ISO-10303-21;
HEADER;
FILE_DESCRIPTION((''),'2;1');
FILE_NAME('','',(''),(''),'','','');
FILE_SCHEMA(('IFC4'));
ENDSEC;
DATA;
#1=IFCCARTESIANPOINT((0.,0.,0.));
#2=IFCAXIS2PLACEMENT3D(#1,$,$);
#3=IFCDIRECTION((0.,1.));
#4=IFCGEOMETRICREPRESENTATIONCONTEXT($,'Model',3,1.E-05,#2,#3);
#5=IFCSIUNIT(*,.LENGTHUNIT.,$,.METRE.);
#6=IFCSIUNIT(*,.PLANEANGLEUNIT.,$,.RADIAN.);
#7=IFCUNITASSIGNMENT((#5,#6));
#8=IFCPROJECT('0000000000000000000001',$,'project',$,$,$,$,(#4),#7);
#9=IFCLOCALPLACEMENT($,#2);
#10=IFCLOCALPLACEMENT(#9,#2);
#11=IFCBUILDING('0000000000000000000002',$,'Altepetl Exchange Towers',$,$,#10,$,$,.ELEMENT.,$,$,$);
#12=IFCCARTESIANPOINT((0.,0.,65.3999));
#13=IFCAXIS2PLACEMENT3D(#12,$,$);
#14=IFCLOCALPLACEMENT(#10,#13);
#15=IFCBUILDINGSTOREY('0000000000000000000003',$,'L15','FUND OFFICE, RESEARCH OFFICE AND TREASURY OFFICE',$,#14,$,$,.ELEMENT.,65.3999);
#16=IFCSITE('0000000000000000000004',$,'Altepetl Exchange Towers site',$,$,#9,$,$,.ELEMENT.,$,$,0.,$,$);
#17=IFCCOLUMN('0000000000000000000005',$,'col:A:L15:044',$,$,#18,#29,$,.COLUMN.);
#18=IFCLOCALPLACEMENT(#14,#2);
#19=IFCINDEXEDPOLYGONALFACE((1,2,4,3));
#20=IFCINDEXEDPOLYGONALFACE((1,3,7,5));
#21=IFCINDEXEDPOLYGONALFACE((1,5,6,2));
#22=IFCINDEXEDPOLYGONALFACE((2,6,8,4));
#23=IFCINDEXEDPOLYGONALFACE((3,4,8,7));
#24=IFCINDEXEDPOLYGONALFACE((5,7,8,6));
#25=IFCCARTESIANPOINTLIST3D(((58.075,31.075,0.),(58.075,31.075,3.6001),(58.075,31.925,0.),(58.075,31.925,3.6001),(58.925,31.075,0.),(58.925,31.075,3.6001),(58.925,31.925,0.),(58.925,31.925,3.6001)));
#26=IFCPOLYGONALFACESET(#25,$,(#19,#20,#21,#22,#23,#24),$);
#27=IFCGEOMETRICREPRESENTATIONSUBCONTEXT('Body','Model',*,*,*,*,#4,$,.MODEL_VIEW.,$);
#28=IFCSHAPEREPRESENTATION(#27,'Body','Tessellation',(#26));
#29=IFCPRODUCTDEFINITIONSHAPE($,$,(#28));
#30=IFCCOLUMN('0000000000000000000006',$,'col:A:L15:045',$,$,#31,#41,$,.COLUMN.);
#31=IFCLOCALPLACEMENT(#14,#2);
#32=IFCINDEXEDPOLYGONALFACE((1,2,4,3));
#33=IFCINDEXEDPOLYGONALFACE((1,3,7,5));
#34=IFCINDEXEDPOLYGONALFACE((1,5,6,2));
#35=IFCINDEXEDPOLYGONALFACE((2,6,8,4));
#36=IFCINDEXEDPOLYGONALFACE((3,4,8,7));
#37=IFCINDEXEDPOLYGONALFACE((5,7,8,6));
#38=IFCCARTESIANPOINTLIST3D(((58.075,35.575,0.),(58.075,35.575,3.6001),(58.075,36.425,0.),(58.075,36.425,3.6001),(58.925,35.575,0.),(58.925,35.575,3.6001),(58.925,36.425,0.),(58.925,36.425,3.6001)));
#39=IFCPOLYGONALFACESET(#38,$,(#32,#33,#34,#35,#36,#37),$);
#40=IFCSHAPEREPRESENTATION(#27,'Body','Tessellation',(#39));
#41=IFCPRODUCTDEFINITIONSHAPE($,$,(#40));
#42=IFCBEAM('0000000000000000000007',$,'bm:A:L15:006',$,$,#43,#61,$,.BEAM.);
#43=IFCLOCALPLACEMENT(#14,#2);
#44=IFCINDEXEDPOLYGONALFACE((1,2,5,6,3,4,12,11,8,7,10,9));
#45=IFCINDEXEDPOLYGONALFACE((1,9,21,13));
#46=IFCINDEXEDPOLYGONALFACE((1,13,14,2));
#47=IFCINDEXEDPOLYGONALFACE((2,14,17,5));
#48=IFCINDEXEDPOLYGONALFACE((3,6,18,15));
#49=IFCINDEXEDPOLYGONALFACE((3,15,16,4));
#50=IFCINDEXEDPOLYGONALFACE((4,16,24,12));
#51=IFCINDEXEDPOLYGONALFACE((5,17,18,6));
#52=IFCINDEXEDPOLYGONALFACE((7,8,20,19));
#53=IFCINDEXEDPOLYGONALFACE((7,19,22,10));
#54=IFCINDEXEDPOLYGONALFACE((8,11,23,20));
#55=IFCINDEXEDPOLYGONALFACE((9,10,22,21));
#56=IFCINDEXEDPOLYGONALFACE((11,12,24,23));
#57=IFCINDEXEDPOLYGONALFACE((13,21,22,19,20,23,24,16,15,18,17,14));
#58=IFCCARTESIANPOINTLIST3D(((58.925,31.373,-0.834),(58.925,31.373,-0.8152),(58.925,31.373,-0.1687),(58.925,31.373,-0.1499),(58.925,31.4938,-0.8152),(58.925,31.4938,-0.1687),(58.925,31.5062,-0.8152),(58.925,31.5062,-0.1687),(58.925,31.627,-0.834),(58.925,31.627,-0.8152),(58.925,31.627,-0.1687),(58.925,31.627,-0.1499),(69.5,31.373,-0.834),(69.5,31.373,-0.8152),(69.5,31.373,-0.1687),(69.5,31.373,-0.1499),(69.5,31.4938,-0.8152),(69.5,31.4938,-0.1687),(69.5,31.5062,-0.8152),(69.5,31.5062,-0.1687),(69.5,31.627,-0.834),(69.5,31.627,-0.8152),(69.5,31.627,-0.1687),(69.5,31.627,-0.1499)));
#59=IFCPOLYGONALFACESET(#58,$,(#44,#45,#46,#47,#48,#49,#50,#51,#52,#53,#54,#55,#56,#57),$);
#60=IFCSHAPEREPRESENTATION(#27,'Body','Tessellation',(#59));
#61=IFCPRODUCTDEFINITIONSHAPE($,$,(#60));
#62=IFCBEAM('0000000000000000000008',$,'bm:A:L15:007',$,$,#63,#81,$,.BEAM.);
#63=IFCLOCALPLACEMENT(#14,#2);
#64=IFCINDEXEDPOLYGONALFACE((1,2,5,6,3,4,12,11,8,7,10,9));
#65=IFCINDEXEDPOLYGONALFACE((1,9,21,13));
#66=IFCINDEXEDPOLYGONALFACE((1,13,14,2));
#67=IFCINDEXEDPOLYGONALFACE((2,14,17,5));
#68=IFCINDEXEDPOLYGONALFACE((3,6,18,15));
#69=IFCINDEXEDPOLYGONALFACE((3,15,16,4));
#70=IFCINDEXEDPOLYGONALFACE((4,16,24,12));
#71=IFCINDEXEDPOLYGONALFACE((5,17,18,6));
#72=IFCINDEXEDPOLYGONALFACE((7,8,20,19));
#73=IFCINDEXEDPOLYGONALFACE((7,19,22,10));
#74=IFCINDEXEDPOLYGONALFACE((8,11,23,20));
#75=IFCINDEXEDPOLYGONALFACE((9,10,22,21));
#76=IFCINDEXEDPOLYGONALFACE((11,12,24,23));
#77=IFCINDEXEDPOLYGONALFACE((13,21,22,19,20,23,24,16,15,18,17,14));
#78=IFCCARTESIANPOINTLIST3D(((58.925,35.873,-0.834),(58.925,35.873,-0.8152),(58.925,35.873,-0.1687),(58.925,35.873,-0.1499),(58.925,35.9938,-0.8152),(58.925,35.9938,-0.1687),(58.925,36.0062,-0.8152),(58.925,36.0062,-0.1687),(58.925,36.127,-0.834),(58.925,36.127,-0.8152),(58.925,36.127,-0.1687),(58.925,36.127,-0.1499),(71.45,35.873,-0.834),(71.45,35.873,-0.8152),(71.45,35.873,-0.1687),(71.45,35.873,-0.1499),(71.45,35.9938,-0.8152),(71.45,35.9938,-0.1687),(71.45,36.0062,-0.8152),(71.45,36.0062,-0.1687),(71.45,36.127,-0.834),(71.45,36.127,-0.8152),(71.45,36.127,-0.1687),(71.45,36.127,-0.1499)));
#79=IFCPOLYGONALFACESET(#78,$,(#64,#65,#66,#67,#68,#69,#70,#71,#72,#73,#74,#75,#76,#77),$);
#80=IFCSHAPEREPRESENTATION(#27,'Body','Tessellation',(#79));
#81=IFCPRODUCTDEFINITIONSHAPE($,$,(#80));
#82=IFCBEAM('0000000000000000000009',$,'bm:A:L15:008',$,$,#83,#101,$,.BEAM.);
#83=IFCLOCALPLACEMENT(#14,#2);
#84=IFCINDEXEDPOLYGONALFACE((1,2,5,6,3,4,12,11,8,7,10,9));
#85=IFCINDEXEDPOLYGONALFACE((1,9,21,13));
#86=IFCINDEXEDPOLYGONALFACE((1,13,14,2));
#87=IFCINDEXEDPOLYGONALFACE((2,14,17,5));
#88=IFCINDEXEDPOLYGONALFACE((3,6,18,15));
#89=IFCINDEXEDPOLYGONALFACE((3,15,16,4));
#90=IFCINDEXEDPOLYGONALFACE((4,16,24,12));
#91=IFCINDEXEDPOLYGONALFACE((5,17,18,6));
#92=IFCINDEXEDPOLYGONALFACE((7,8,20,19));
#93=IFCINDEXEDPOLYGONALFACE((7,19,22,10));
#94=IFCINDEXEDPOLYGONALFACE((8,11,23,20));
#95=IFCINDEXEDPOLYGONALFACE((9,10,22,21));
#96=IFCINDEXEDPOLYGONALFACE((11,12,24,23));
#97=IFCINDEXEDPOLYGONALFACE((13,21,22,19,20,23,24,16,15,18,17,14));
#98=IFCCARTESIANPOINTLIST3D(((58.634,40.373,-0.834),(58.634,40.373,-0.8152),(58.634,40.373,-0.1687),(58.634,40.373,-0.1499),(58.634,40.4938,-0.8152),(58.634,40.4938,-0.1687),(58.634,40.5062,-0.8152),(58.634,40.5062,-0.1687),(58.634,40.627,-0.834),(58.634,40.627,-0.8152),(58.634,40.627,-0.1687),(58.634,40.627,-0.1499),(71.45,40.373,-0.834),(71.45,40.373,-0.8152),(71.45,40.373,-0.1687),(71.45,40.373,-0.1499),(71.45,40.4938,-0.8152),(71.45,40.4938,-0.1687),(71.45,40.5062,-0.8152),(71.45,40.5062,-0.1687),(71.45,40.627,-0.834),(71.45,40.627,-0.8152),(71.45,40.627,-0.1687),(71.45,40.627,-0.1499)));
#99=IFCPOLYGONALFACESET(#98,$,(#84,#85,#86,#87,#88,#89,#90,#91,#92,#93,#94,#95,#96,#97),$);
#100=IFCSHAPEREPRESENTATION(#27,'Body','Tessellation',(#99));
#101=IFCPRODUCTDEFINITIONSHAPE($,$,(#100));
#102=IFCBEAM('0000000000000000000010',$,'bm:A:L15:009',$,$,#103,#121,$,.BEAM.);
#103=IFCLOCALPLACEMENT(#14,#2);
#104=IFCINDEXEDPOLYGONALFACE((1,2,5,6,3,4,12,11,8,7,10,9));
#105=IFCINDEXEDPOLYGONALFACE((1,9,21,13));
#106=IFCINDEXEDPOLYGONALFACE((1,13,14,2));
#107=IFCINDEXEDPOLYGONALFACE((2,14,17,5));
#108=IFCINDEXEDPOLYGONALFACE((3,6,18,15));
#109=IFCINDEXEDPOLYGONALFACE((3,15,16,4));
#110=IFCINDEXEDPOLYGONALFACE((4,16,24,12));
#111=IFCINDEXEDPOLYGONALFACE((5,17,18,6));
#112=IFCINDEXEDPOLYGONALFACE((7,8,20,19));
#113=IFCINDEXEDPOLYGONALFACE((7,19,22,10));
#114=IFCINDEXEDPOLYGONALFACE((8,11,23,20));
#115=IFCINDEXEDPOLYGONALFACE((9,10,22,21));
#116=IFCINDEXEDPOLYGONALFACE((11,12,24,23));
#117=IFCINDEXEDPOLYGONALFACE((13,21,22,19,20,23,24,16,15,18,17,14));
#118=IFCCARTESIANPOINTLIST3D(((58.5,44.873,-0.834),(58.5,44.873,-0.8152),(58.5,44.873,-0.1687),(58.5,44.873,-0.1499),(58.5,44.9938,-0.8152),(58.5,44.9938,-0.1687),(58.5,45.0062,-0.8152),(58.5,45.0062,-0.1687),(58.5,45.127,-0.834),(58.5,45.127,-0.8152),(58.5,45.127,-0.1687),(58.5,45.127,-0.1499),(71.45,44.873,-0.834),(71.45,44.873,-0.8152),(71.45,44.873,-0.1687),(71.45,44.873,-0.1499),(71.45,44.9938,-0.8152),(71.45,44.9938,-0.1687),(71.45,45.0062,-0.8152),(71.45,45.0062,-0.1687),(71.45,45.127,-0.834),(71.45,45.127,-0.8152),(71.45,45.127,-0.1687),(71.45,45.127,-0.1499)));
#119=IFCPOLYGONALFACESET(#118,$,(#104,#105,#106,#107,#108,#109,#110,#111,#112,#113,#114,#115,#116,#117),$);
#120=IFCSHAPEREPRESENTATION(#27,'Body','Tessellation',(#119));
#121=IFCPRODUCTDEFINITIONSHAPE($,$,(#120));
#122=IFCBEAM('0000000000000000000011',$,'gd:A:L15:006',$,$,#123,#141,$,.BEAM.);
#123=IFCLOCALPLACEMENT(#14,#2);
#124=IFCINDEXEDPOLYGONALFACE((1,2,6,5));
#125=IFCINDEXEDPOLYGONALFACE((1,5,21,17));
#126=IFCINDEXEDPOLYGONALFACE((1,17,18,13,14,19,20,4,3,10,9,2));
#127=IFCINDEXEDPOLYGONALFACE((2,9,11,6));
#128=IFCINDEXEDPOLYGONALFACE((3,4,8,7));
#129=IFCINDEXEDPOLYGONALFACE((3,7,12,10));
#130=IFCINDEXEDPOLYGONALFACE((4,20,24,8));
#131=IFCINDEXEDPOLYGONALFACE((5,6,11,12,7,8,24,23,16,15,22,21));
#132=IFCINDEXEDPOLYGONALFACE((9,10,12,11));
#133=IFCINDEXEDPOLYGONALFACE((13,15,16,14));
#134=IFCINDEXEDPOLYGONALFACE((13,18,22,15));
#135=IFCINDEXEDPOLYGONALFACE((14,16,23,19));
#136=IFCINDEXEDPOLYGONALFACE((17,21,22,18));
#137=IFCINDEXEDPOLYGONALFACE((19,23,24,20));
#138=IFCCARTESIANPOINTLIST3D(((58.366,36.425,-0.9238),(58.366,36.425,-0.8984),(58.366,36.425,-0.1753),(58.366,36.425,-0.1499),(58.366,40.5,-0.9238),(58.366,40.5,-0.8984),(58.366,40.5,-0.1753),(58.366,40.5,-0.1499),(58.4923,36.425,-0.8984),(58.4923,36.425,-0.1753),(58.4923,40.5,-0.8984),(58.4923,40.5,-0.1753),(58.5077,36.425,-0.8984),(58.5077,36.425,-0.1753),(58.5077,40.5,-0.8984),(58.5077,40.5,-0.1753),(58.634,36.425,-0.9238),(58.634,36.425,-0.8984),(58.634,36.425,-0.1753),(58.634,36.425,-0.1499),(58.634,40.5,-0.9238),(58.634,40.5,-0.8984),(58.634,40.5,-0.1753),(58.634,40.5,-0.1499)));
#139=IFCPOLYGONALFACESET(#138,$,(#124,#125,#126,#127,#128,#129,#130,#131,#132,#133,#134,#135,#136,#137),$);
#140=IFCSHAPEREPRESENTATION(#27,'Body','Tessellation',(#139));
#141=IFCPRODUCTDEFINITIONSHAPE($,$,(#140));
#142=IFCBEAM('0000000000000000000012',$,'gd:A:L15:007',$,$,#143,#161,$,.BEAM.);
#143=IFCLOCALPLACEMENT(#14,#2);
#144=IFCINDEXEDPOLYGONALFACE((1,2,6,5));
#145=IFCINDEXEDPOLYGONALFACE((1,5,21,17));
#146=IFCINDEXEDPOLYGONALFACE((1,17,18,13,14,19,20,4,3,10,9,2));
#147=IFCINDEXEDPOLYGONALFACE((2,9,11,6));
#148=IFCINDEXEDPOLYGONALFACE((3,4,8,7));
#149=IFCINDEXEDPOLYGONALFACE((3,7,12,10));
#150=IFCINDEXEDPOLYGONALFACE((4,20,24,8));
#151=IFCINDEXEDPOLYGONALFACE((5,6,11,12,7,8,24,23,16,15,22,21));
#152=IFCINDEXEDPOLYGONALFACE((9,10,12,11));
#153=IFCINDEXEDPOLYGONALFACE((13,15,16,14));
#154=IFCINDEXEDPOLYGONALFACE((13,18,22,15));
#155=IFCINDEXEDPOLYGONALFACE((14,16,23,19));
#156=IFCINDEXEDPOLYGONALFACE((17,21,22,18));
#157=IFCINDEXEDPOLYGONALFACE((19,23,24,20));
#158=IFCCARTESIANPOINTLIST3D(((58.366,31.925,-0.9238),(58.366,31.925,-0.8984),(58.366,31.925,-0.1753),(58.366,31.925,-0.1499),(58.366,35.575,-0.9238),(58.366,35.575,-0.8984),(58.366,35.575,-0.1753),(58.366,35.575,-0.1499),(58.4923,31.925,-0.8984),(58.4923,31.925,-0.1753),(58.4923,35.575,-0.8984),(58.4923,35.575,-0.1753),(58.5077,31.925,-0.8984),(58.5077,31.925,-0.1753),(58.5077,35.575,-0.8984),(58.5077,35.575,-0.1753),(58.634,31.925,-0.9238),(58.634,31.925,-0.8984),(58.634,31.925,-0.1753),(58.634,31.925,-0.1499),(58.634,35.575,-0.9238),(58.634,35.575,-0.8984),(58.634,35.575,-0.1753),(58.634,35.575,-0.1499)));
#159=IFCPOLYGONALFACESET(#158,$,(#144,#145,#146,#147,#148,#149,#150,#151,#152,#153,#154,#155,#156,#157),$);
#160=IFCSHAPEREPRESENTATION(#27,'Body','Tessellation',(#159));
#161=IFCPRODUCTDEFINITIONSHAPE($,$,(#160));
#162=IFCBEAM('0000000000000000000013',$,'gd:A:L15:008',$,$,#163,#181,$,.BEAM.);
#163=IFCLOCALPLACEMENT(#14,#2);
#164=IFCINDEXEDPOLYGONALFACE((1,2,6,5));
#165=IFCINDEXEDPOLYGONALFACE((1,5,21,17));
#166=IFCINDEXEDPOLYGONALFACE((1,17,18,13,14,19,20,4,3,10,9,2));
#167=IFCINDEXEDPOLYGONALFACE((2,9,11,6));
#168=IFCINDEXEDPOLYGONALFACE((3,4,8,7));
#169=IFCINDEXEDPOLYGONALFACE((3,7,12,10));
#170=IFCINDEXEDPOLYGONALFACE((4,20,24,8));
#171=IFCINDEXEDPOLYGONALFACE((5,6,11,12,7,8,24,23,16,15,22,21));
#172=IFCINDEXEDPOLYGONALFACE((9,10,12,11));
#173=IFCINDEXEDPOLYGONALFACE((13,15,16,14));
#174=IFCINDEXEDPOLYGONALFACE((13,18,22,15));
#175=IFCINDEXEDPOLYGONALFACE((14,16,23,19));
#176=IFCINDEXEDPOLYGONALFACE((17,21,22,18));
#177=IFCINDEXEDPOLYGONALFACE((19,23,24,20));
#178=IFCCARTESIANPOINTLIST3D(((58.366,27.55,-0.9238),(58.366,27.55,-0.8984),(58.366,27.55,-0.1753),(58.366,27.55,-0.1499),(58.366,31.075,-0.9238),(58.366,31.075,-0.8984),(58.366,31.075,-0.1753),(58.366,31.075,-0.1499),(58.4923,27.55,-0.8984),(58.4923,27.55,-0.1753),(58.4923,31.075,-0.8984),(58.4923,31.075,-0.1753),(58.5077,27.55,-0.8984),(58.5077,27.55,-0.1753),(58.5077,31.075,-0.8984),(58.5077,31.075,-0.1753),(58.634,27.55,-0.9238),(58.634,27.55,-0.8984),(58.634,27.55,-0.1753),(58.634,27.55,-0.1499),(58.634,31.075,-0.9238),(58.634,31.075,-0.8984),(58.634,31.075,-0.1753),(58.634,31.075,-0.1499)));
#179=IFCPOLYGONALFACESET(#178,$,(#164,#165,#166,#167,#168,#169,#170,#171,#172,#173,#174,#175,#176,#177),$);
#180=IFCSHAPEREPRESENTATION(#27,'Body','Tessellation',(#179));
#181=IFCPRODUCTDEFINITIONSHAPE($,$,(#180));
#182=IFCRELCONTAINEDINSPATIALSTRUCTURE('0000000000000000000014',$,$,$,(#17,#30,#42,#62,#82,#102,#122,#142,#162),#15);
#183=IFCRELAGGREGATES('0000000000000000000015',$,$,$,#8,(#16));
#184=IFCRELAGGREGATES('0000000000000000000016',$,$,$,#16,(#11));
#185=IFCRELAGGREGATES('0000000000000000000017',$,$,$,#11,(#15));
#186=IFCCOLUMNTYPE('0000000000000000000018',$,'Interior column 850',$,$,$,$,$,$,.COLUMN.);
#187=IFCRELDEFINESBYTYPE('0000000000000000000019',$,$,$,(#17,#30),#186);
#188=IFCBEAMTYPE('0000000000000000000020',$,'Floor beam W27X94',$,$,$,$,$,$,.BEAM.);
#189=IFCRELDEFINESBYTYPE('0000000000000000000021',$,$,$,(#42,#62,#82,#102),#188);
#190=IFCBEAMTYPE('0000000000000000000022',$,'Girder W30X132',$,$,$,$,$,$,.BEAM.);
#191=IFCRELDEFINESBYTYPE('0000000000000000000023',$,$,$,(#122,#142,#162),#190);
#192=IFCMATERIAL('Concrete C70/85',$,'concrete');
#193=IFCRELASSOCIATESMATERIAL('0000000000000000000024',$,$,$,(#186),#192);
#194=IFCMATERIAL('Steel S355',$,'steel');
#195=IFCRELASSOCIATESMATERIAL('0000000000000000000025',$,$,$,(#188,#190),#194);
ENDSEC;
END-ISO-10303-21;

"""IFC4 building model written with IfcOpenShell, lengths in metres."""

from ifc_helpers import new_model, si_unit, direction, frame, origin, origin_2d, place, context, subcontext, project, spatial, rectangle, i_section, extrude, material, material_profile, profile_set, type_object, element, save


model = new_model("IFC4")

# Units and contexts
model_context = context("Model", 3, precision=1e-05, world=origin(), true_north=direction((0.0, 1.0)))
body_context = subcontext(model_context, "Body", "Model", "MODEL_VIEW")
ifc_project = project(units=[si_unit("LENGTHUNIT", "METRE"), si_unit("PLANEANGLEUNIT", "RADIAN")], contexts=[model_context])

# Site, building, storey
site_placement = place(None, origin())
site = spatial("IfcSite", under=ifc_project, at=site_placement, Name="Altepetl Exchange Towers site", CompositionType="ELEMENT", RefElevation=0.0)
building_placement = place(site_placement, origin())
building = spatial("IfcBuilding", under=site, at=building_placement, Name="Altepetl Exchange Towers", CompositionType="ELEMENT")
storey_placement = place(building_placement, frame((0.0, 0.0, 65.3999)))
storey = spatial("IfcBuildingStorey", under=building, at=storey_placement, Name="L15", Description="FUND OFFICE, RESEARCH OFFICE AND TREASURY OFFICE", CompositionType="ELEMENT", Elevation=65.3999)

# Columns
ifc_material_1 = material(Name="Concrete C70/85", Category="concrete")
ifc_material_profile_1 = material_profile(ifc_material_1, rectangle(XDim=0.8501, YDim=0.8501, at=origin_2d()), Name="850 x 850")
ifc_profile_set_1 = profile_set([ifc_material_profile_1], Name="Concrete C70/85")
column_type = type_object("IfcColumnType", Name="Interior column 850", PredefinedType="COLUMN", material=ifc_profile_set_1)
for number, where, name in (
    (1, (58.5, 31.5, 0.0), "col:A:L15:044"),
    (2, (58.5, 36.0, 0.0), "col:A:L15:045"),
):
    element("IfcColumn", number, at=place(storey_placement, frame(where)), inside=storey, type_object=column_type, Name=name, PredefinedType="COLUMN", context=body_context, shape_type="SweptSolid", body=[
        extrude(rectangle(XDim=0.8501, YDim=0.8501, at=origin_2d()), origin(), (0.0, 0.0, 1.0), 3.6001),
    ])

# Beams
ifc_material_2 = material(Name="Steel S355", Category="steel")
ifc_material_profile_2 = material_profile(ifc_material_2, i_section(OverallWidth=0.2539, OverallDepth=0.6841, WebThickness=0.0125, FlangeThickness=0.0188, at=origin_2d()), Name="W27X94")
ifc_profile_set_2 = profile_set([ifc_material_profile_2], Name="Steel S355")
beam_type_1 = type_object("IfcBeamType", Name="Floor beam W27X94", PredefinedType="BEAM", material=ifc_profile_set_2)
beam_1_placement = place(storey_placement, frame((58.925, 31.5, -0.4919), z_axis=(1.0, 0.0, 0.0), x_axis=(0.0, 1.0, 0.0)))
element("IfcBeam", 3, at=beam_1_placement, inside=storey, type_object=beam_type_1, Name="bm:A:L15:006", PredefinedType="BEAM", context=body_context, shape_type="SweptSolid", body=[
    extrude(i_section(OverallWidth=0.2539, OverallDepth=0.6841, WebThickness=0.0125, FlangeThickness=0.0188, at=origin_2d()), origin(), (0.0, 0.0, 1.0), 10.575),
])
beam_2_placement = place(storey_placement, frame((58.925, 36.0, -0.4919), z_axis=(1.0, 0.0, 0.0), x_axis=(0.0, 1.0, 0.0)))
element("IfcBeam", 4, at=beam_2_placement, inside=storey, type_object=beam_type_1, Name="bm:A:L15:007", PredefinedType="BEAM", context=body_context, shape_type="SweptSolid", body=[
    extrude(i_section(OverallWidth=0.2539, OverallDepth=0.6841, WebThickness=0.0125, FlangeThickness=0.0188, at=origin_2d()), origin(), (0.0, 0.0, 1.0), 12.5249),
])
beam_3_placement = place(storey_placement, frame((58.634, 40.5, -0.4919), z_axis=(1.0, 0.0, 0.0), x_axis=(0.0, 1.0, 0.0)))
element("IfcBeam", 5, at=beam_3_placement, inside=storey, type_object=beam_type_1, Name="bm:A:L15:008", PredefinedType="BEAM", context=body_context, shape_type="SweptSolid", body=[
    extrude(i_section(OverallWidth=0.2539, OverallDepth=0.6841, WebThickness=0.0125, FlangeThickness=0.0188, at=origin_2d()), origin(), (0.0, 0.0, 1.0), 12.8159),
])
beam_4_placement = place(storey_placement, frame((58.5, 45.0, -0.4919), z_axis=(1.0, 0.0, 0.0), x_axis=(0.0, 1.0, 0.0)))
element("IfcBeam", 6, at=beam_4_placement, inside=storey, type_object=beam_type_1, Name="bm:A:L15:009", PredefinedType="BEAM", context=body_context, shape_type="SweptSolid", body=[
    extrude(i_section(OverallWidth=0.2539, OverallDepth=0.6841, WebThickness=0.0125, FlangeThickness=0.0188, at=origin_2d()), origin(), (0.0, 0.0, 1.0), 12.95),
])
ifc_material_profile_3 = material_profile(ifc_material_2, i_section(OverallWidth=0.2681, OverallDepth=0.7739, WebThickness=0.0154, FlangeThickness=0.0254, at=origin_2d()), Name="W30X132")
ifc_profile_set_3 = profile_set([ifc_material_profile_3], Name="Steel S355")
beam_type_2 = type_object("IfcBeamType", Name="Girder W30X132", PredefinedType="BEAM", material=ifc_profile_set_3)
beam_5_placement = place(storey_placement, frame((58.5, 40.5, -0.5369), z_axis=(0.0, -1.0, 0.0), x_axis=(1.0, 0.0, 0.0)))
element("IfcBeam", 7, at=beam_5_placement, inside=storey, type_object=beam_type_2, Name="gd:A:L15:006", PredefinedType="BEAM", context=body_context, shape_type="SweptSolid", body=[
    extrude(i_section(OverallWidth=0.2681, OverallDepth=0.7739, WebThickness=0.0154, FlangeThickness=0.0254, at=origin_2d()), origin(), (0.0, 0.0, 1.0), 4.075),
])
beam_6_placement = place(storey_placement, frame((58.5, 35.575, -0.5369), z_axis=(0.0, -1.0, 0.0), x_axis=(1.0, 0.0, 0.0)))
element("IfcBeam", 8, at=beam_6_placement, inside=storey, type_object=beam_type_2, Name="gd:A:L15:007", PredefinedType="BEAM", context=body_context, shape_type="SweptSolid", body=[
    extrude(i_section(OverallWidth=0.2681, OverallDepth=0.7739, WebThickness=0.0154, FlangeThickness=0.0254, at=origin_2d()), origin(), (0.0, 0.0, 1.0), 3.6499),
])
beam_7_placement = place(storey_placement, frame((58.5, 31.075, -0.5369), z_axis=(0.0, -1.0, 0.0), x_axis=(1.0, 0.0, 0.0)))
element("IfcBeam", 9, at=beam_7_placement, inside=storey, type_object=beam_type_2, Name="gd:A:L15:008", PredefinedType="BEAM", context=body_context, shape_type="SweptSolid", body=[
    extrude(i_section(OverallWidth=0.2681, OverallDepth=0.7739, WebThickness=0.0154, FlangeThickness=0.0254, at=origin_2d()), origin(), (0.0, 0.0, 1.0), 3.5249),
])

save(model, "model.ifc")
